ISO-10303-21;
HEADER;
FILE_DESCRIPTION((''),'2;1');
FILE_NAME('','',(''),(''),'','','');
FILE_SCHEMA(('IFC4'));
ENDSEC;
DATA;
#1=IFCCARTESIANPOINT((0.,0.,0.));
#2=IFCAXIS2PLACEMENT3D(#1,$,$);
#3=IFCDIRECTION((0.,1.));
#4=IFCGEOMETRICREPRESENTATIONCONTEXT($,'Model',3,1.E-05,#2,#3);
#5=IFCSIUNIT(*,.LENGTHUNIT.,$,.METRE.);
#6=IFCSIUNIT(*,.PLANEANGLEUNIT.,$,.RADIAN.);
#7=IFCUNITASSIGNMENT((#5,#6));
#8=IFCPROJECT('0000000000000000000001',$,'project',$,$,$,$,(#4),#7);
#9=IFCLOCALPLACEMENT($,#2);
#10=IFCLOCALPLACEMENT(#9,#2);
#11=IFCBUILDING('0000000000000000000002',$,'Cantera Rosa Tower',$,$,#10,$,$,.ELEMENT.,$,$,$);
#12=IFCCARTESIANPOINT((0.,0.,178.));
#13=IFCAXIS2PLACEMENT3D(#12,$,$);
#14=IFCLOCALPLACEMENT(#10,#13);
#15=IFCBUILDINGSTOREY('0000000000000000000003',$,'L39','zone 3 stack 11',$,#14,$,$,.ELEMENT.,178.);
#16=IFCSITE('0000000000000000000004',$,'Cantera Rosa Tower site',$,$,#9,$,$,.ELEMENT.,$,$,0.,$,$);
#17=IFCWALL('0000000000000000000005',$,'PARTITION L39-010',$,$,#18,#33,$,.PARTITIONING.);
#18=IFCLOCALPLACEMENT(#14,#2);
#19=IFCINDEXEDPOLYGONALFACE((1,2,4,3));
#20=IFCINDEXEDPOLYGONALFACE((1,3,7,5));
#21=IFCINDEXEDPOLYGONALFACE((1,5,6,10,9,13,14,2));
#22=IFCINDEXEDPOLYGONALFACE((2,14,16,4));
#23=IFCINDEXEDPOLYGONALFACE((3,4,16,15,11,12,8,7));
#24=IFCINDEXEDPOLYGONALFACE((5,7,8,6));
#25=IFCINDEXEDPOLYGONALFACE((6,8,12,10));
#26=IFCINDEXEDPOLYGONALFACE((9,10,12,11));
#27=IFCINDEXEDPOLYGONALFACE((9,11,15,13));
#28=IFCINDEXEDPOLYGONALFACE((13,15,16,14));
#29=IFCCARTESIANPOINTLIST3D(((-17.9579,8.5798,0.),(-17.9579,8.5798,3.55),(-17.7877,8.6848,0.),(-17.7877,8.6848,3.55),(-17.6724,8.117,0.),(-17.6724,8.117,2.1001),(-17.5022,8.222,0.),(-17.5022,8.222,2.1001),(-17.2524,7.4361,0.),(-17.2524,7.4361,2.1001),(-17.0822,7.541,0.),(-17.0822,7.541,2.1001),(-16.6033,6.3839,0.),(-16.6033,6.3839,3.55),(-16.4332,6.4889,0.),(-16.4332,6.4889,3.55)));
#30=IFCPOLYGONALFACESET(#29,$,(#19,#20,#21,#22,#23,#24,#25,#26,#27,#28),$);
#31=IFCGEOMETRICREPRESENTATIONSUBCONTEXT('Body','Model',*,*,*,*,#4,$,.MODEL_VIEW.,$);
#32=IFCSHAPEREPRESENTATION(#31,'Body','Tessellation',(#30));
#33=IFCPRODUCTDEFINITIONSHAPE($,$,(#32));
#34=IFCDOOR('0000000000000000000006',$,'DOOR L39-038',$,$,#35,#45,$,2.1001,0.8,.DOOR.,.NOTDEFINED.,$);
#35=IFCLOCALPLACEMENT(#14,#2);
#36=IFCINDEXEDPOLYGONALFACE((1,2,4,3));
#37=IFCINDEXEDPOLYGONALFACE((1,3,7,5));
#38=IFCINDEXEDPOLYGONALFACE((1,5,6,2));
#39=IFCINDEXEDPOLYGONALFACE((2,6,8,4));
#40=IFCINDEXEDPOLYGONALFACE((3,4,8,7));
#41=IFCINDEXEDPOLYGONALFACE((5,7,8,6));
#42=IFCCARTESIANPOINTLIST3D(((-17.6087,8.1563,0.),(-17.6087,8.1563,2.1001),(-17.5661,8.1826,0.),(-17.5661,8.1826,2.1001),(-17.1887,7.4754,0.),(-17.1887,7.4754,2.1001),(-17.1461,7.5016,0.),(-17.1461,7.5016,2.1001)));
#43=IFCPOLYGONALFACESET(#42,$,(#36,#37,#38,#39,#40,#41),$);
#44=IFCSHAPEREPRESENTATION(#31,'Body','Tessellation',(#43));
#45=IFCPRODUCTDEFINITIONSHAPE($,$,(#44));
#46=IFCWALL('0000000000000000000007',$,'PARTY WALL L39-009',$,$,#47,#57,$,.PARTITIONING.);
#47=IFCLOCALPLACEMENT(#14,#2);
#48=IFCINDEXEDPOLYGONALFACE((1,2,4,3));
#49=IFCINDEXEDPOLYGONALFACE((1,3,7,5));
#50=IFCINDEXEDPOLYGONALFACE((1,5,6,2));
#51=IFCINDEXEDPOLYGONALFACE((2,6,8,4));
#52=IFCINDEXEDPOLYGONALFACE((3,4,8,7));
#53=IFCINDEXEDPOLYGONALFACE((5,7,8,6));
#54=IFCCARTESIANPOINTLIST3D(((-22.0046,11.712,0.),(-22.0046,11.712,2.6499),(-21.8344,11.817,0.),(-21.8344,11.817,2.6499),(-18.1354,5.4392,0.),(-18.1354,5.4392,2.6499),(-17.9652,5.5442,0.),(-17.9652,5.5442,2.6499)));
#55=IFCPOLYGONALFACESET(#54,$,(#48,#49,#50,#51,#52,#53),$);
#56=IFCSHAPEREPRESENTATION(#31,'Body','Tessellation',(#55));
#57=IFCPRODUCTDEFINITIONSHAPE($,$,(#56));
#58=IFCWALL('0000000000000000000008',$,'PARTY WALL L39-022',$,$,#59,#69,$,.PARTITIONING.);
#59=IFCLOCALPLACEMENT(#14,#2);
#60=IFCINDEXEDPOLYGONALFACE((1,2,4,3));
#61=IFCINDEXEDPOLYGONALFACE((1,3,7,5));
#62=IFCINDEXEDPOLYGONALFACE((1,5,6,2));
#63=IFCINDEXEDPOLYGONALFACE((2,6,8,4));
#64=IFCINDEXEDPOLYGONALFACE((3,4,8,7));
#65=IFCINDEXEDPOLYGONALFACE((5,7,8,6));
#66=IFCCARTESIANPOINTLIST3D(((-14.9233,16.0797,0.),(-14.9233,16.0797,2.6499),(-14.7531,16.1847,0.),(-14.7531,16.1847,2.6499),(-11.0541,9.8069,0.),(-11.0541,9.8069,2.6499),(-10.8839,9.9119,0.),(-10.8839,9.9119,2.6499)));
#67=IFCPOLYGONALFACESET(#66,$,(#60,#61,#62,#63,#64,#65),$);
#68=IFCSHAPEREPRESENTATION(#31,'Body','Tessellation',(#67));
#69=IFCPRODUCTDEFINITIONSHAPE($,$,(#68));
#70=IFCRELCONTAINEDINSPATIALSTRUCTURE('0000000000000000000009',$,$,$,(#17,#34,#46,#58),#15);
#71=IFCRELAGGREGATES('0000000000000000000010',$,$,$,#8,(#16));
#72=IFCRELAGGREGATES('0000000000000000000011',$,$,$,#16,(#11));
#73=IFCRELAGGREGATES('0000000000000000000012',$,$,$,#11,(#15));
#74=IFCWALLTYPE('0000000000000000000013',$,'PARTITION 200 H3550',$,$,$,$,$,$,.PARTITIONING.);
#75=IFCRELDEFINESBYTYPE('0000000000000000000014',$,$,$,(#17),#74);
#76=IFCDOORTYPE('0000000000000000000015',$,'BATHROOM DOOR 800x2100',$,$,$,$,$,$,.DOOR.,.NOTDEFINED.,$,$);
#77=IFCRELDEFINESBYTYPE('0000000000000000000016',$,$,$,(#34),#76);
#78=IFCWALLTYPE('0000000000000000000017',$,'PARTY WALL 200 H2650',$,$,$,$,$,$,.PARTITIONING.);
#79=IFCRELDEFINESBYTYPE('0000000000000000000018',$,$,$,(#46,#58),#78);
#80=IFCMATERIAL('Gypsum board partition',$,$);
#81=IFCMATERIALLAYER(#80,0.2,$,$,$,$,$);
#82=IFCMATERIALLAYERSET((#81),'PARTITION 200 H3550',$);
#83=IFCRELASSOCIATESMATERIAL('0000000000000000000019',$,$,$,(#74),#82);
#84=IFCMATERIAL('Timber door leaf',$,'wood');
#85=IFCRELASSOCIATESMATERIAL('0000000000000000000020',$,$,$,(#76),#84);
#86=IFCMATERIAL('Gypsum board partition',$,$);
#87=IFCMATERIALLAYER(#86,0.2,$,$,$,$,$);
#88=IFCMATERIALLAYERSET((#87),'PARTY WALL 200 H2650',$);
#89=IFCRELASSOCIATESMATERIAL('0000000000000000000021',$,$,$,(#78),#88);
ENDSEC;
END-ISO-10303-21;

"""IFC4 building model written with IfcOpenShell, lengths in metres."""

from ifc_helpers import new_model, si_unit, direction, frame, frame_2d, origin, place, context, subcontext, project, spatial, rectangle, extrude, material, layer, layer_set, type_object, element, fill, save


model = new_model("IFC4")

# Units and contexts
model_context = context("Model", 3, precision=1e-05, world=origin(), true_north=direction((0.0, 1.0)))
body_context = subcontext(model_context, "Body", "Model", "MODEL_VIEW")
ifc_project = project(units=[si_unit("LENGTHUNIT", "METRE"), si_unit("PLANEANGLEUNIT", "RADIAN")], contexts=[model_context])

# Site, building, storey
site_placement = place(None, origin())
site = spatial("IfcSite", under=ifc_project, at=site_placement, Name="Cantera Rosa Tower site", CompositionType="ELEMENT", RefElevation=0.0)
building_placement = place(site_placement, origin())
building = spatial("IfcBuilding", under=site, at=building_placement, Name="Cantera Rosa Tower", CompositionType="ELEMENT")
storey_placement = place(building_placement, frame((0.0, 0.0, 178.0)))
storey = spatial("IfcBuildingStorey", under=building, at=storey_placement, Name="L39", Description="zone 3 stack 11", CompositionType="ELEMENT", Elevation=178.0)

# Wall, opening, door
ifc_material_1 = material(Name="Gypsum board partition")
ifc_layer_1 = layer(ifc_material_1, 0.2)
ifc_layer_set_1 = layer_set([ifc_layer_1], Name="PARTITION 200 H3550")
wall_type_1 = type_object("IfcWallType", Name="PARTITION 200 H3550", PredefinedType="PARTITIONING", material=ifc_layer_set_1)
wall_1_placement = place(storey_placement, frame((-17.8728, 8.6323, 0.0), z_axis=(0.0, 0.0, 1.0), x_axis=(0.525005, -0.851099, 0.0)))
wall_1 = element("IfcWall", 1, at=wall_1_placement, inside=storey, type_object=wall_type_1, Name="PARTITION L39-010", PredefinedType="PARTITIONING", context=body_context, shape_type="SweptSolid", body=[
    extrude(rectangle(XDim=2.5801, YDim=0.2, at=frame_2d((1.29, 0.0))), origin(), (0.0, 0.0, 1.0), 3.55),
])
opening_1_placement = place(wall_1_placement, frame((0.5439, 0.0, 0.0)))
opening_1 = element("IfcOpeningElement", 2, at=opening_1_placement, cuts=wall_1, PredefinedType="OPENING", context=body_context, shape_type="SweptSolid", body=[
    extrude(rectangle(XDim=0.8, YDim=2.1001, at=frame_2d((0.3999, 1.05))), frame((0.0, 0.1099, 0.0), z_axis=(0.0, -1.0, 0.0), x_axis=(1.0, 0.0, 0.0)), (0.0, 0.0, 1.0), 0.22),
])
ifc_material_2 = material(Name="Timber door leaf", Category="wood")
door_type_1 = type_object("IfcDoorType", Name="BATHROOM DOOR 800x2100", OperationType="NOTDEFINED", PredefinedType="DOOR", material=ifc_material_2)
door_1_placement = place(opening_1_placement, origin())
door_1 = element("IfcDoor", 3, at=door_1_placement, inside=storey, type_object=door_type_1, Name="DOOR L39-038", OperationType="NOTDEFINED", OverallHeight=2.1001, OverallWidth=0.8, PredefinedType="DOOR", context=body_context, shape_type="SweptSolid", body=[
    extrude(rectangle(XDim=0.8, YDim=2.1001, at=frame_2d((0.3999, 1.05))), frame((0.0, 0.0249, 0.0), z_axis=(0.0, -1.0, 0.0), x_axis=(1.0, 0.0, 0.0)), (0.0, 0.0, 1.0), 0.05),
])
fill(opening_1, door_1)

# Walls
ifc_material_3 = material(Name="Gypsum board partition")
ifc_layer_2 = layer(ifc_material_3, 0.2)
ifc_layer_set_2 = layer_set([ifc_layer_2], Name="PARTY WALL 200 H2650")
wall_type_2 = type_object("IfcWallType", Name="PARTY WALL 200 H2650", PredefinedType="PARTITIONING", material=ifc_layer_set_2)
for number, where, z_axis, x_axis, name in (
    (4, (-18.0503, 5.4917, 0.0), (0.0, 0.0, 1.0), (-0.524984, 0.851112, 0.0), "PARTY WALL L39-009"),
    (5, (-10.969, 9.8594, 0.0), (0.0, 0.0, 1.0), (-0.524984, 0.851112, 0.0), "PARTY WALL L39-022"),
):
    element("IfcWall", number, at=place(storey_placement, frame(where, z_axis=z_axis, x_axis=x_axis)), inside=storey, type_object=wall_type_2, Name=name, PredefinedType="PARTITIONING", context=body_context, shape_type="SweptSolid", body=[
        extrude(rectangle(XDim=7.3701, YDim=0.2, at=frame_2d((3.6851, 0.0))), origin(), (0.0, 0.0, 1.0), 2.6499),
    ])

save(model, "model.ifc")
